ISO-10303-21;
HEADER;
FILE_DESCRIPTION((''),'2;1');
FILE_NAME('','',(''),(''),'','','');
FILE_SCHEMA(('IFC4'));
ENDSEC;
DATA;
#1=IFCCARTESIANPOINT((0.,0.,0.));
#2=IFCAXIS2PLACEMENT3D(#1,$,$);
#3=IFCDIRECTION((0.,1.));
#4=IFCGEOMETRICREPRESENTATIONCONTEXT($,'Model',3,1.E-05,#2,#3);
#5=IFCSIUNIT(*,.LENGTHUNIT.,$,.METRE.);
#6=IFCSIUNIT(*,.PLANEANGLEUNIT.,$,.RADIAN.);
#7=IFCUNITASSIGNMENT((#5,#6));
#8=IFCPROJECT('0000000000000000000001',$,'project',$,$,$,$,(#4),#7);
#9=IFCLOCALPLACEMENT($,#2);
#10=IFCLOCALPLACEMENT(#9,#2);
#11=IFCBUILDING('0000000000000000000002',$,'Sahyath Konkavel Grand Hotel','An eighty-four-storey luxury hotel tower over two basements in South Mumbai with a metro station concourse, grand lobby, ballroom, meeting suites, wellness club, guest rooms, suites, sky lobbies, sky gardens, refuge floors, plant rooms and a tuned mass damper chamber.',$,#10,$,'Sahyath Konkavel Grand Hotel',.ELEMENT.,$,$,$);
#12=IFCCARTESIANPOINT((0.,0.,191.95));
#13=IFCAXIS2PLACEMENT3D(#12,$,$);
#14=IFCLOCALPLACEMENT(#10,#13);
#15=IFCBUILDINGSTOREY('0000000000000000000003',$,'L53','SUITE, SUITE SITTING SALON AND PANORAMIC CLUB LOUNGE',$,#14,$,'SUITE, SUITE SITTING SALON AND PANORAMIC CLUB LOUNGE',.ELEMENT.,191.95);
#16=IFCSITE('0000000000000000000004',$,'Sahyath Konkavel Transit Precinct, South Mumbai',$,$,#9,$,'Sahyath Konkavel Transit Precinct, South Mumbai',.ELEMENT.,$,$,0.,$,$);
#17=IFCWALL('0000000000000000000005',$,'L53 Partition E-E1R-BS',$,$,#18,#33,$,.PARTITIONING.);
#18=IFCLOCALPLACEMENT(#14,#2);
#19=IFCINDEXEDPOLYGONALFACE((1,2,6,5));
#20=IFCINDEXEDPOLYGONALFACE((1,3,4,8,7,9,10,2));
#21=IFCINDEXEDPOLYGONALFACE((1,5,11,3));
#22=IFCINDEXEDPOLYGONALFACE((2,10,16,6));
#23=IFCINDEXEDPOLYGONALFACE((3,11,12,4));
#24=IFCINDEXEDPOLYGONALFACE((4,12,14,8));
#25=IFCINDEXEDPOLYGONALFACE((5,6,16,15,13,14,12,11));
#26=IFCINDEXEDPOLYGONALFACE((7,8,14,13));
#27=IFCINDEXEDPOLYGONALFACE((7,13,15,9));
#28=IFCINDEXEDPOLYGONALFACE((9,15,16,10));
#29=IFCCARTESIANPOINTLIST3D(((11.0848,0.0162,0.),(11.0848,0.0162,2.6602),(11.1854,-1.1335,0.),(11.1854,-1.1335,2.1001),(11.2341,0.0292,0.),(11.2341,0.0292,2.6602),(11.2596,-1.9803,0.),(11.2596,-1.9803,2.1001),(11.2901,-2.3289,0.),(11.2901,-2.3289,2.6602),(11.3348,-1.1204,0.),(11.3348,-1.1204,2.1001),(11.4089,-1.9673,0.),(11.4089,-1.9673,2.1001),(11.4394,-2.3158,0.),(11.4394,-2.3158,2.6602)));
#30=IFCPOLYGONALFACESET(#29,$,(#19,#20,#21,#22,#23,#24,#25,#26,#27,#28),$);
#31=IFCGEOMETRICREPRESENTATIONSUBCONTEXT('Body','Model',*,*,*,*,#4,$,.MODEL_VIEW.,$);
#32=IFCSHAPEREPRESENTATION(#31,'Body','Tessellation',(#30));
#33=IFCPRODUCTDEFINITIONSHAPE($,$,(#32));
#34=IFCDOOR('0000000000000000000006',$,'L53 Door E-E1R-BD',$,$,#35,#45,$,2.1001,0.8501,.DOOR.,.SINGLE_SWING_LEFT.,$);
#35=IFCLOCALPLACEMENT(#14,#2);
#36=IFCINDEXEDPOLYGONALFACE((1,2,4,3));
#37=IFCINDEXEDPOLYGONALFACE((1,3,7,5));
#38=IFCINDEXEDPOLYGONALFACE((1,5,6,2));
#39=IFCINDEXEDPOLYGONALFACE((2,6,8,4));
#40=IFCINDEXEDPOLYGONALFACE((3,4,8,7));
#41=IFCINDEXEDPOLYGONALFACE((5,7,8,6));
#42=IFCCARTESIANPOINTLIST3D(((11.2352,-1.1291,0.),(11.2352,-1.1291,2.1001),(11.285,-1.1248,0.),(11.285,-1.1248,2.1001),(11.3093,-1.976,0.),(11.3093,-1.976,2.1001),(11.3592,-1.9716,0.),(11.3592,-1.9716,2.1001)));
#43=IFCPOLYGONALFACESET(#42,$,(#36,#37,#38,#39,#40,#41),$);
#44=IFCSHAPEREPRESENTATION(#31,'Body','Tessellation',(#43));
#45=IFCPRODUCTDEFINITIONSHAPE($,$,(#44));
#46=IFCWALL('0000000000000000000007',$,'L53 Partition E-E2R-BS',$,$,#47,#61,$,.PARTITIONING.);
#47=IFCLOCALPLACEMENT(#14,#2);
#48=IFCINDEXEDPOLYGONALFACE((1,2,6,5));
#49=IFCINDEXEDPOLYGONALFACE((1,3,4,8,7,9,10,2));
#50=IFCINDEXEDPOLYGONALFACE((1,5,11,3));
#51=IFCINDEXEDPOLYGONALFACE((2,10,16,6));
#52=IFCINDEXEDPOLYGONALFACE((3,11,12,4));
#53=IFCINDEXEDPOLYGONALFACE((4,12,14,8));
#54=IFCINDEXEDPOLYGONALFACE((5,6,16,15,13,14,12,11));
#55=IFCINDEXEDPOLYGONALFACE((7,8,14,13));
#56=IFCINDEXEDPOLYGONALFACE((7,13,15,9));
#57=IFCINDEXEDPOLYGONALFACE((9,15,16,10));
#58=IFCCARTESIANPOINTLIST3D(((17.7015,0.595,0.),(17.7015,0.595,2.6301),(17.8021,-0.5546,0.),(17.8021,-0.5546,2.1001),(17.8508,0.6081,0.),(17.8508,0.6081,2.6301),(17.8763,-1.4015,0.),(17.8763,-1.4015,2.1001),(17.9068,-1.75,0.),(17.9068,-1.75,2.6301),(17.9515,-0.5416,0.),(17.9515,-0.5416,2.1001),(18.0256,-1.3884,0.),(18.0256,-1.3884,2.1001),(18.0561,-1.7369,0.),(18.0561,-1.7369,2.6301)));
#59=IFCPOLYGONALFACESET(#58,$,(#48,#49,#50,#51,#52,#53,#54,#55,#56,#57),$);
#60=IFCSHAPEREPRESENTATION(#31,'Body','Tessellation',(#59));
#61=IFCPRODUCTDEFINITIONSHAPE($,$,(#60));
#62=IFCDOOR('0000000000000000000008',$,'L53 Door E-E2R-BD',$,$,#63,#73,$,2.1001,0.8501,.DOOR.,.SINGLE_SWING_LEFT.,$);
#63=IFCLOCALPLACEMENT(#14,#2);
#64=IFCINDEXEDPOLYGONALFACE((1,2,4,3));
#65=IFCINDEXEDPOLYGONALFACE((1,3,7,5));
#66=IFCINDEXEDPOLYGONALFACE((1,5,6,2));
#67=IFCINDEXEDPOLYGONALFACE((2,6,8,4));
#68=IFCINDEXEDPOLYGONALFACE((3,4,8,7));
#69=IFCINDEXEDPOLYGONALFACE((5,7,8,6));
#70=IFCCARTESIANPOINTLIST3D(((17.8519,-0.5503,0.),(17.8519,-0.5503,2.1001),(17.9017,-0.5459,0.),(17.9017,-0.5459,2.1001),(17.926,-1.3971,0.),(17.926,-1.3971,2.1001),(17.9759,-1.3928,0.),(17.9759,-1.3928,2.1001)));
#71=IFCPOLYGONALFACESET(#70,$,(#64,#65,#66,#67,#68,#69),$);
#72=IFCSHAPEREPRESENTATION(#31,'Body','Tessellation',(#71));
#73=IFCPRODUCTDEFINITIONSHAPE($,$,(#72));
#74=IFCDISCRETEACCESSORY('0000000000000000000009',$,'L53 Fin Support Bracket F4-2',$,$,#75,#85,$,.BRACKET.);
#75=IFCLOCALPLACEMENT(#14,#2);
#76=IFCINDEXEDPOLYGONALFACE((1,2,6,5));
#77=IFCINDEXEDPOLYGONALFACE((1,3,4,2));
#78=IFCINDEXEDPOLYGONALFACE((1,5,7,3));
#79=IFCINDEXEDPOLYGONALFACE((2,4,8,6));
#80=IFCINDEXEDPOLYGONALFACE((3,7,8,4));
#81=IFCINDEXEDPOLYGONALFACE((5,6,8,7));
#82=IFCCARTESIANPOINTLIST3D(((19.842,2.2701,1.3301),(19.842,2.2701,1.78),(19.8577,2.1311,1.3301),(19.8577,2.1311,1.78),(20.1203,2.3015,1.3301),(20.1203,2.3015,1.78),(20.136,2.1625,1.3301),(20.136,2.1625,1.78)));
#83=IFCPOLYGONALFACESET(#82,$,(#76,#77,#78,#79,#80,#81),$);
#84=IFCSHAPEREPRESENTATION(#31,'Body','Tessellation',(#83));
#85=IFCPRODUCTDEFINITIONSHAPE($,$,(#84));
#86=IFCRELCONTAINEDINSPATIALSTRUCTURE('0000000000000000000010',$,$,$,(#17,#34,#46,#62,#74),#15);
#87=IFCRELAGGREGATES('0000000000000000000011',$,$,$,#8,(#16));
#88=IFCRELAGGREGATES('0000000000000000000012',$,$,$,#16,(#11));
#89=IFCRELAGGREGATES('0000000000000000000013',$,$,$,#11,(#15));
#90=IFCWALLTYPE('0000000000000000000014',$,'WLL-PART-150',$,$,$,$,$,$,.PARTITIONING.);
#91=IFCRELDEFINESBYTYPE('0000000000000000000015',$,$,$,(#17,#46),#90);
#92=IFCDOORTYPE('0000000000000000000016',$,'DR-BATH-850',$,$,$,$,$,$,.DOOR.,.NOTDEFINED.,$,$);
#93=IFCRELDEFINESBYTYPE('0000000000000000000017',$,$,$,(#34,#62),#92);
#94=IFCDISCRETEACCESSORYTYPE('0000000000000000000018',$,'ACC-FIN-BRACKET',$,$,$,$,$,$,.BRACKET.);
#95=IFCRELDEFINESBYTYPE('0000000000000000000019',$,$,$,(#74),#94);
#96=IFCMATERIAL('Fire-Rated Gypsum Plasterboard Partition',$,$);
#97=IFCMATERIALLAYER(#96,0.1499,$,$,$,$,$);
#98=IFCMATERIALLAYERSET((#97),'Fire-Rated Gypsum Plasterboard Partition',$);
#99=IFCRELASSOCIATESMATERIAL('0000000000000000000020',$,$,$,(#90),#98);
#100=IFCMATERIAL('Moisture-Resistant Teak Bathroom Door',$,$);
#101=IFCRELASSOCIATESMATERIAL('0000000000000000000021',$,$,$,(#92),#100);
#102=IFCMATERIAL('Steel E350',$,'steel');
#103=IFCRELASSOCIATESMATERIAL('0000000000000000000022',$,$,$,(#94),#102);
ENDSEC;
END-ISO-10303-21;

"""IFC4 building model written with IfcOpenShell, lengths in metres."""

from ifc_helpers import new_model, si_unit, direction, frame, frame_2d, origin, origin_2d, place, context, subcontext, project, spatial, rectangle, extrude, source, transform, mapped, material, layer, layer_set, type_object, element, fill, save


model = new_model("IFC4")

# Units and contexts
model_context = context("Model", 3, precision=1e-05, world=origin(), true_north=direction((0.0, 1.0)))
body_context = subcontext(model_context, "Body", "Model", "MODEL_VIEW")
ifc_project = project(units=[si_unit("LENGTHUNIT", "METRE"), si_unit("PLANEANGLEUNIT", "RADIAN")], contexts=[model_context])

# Site, building, storey
site_placement = place(None, origin())
site = spatial("IfcSite", under=ifc_project, at=site_placement, Name="Sahyath Konkavel Transit Precinct, South Mumbai", LongName="Sahyath Konkavel Transit Precinct, South Mumbai", CompositionType="ELEMENT", RefElevation=0.0)
building_placement = place(site_placement, origin())
building = spatial("IfcBuilding", under=site, at=building_placement, Name="Sahyath Konkavel Grand Hotel", Description="An eighty-four-storey luxury hotel tower over two basements in South Mumbai with a metro station concourse, grand lobby, ballroom, meeting suites, wellness club, guest rooms, suites, sky lobbies, sky gardens, refuge floors, plant rooms and a tuned mass damper chamber.", LongName="Sahyath Konkavel Grand Hotel", CompositionType="ELEMENT")
storey_placement = place(building_placement, frame((0.0, 0.0, 191.95)))
storey = spatial("IfcBuildingStorey", under=building, at=storey_placement, Name="L53", Description="SUITE, SUITE SITTING SALON AND PANORAMIC CLUB LOUNGE", LongName="SUITE, SUITE SITTING SALON AND PANORAMIC CLUB LOUNGE", CompositionType="ELEMENT", Elevation=191.95)

# Shared definitions
ifc_material_1 = material(Name="Steel E350", Category="steel")

# Shared definitions
ifc_material_2 = material(Name="Fire-Rated Gypsum Plasterboard Partition")
ifc_layer_1 = layer(ifc_material_2, 0.1499)
ifc_layer_set_1 = layer_set([ifc_layer_1], Name="Fire-Rated Gypsum Plasterboard Partition")
wall_type_1 = type_object("IfcWallType", Name="WLL-PART-150", PredefinedType="PARTITIONING", material=ifc_layer_set_1)
ifc_material_3 = material(Name="Moisture-Resistant Teak Bathroom Door")
door_type = type_object("IfcDoorType", Name="DR-BATH-850", OperationType="NOTDEFINED", PredefinedType="DOOR", material=ifc_material_3)
shared_shape_1 = source(origin(), body_context, "Body", "SweptSolid", [
    extrude(rectangle(XDim=0.8501, YDim=0.05, at=origin_2d()), origin(), (0.0, 0.0, 1.0), 2.1001),
])

# Walls, openings, doors
wall_1_placement = place(storey_placement, frame((11.1594, 0.0227, 0.0), z_axis=(0.0, 0.0, 1.0), x_axis=(0.087225, -0.996189, 0.0)))
wall_1 = element("IfcWall", 1, at=wall_1_placement, inside=storey, type_object=wall_type_1, Name="L53 Partition E-E1R-BS", PredefinedType="PARTITIONING", context=body_context, shape_type="SweptSolid", body=[
    extrude(rectangle(XDim=2.354, YDim=0.1499, at=frame_2d((1.177, 0.0))), origin(), (0.0, 0.0, 1.0), 2.6602),
])
opening_1_placement = place(wall_1_placement, frame((1.1541, 0.0, 0.0)))
opening_1 = element("IfcOpeningElement", 2, at=opening_1_placement, cuts=wall_1, PredefinedType="OPENING", context=body_context, shape_type="SweptSolid", body=[
    extrude(rectangle(XDim=0.8501, YDim=2.1001, at=frame_2d((0.425, 1.05))), frame((0.0, 0.085, 0.0), z_axis=(0.0, -1.0, 0.0), x_axis=(1.0, 0.0, 0.0)), (0.0, 0.0, 1.0), 0.1699),
])
door_1_placement = place(opening_1_placement, frame((0.425, 0.0, 0.0)))
door_1 = element("IfcDoor", 3, at=door_1_placement, inside=storey, type_object=door_type, Name="L53 Door E-E1R-BD", OperationType="SINGLE_SWING_LEFT", OverallHeight=2.1001, OverallWidth=0.8501, PredefinedType="DOOR", context=body_context, shape_type="MappedRepresentation", body=[
    mapped(shared_shape_1, transform((0.0, 0.0, 0.0), scale=1.0)),
])
fill(opening_1, door_1)
wall_2_placement = place(storey_placement, frame((17.7761, 0.6016, 0.0), z_axis=(0.0, 0.0, 1.0), x_axis=(0.087225, -0.996189, 0.0)))
wall_2 = element("IfcWall", 4, at=wall_2_placement, inside=storey, type_object=wall_type_1, Name="L53 Partition E-E2R-BS", PredefinedType="PARTITIONING", context=body_context, shape_type="SweptSolid", body=[
    extrude(rectangle(XDim=2.354, YDim=0.1499, at=frame_2d((1.177, 0.0))), origin(), (0.0, 0.0, 1.0), 2.6301),
])
opening_2_placement = place(wall_2_placement, frame((1.1541, 0.0, 0.0)))
opening_2 = element("IfcOpeningElement", 5, at=opening_2_placement, cuts=wall_2, PredefinedType="OPENING", context=body_context, shape_type="SweptSolid", body=[
    extrude(rectangle(XDim=0.8501, YDim=2.1001, at=frame_2d((0.425, 1.05))), frame((0.0, 0.085, 0.0), z_axis=(0.0, -1.0, 0.0), x_axis=(1.0, 0.0, 0.0)), (0.0, 0.0, 1.0), 0.1699),
])
door_2_placement = place(opening_2_placement, frame((0.425, 0.0, 0.0)))
door_2 = element("IfcDoor", 6, at=door_2_placement, inside=storey, type_object=door_type, Name="L53 Door E-E2R-BD", OperationType="SINGLE_SWING_LEFT", OverallHeight=2.1001, OverallWidth=0.8501, PredefinedType="DOOR", context=body_context, shape_type="MappedRepresentation", body=[
    mapped(shared_shape_1, transform((0.0, 0.0, 0.0), scale=1.0)),
])
fill(opening_2, door_2)

# Discrete accessory
discrete_accessory_type = type_object("IfcDiscreteAccessoryType", Name="ACC-FIN-BRACKET", PredefinedType="BRACKET", material=ifc_material_1)
shared_shape_2 = source(origin(), body_context, "Body", "SweptSolid", [
    extrude(rectangle(XDim=0.28, YDim=0.1399, at=origin_2d()), origin(), (0.0, 0.0, 1.0), 0.45),
])
discrete_accessory_placement = place(storey_placement, frame((19.989, 2.2163, 1.3301), z_axis=(0.0, 0.0, 1.0), x_axis=(0.993709, 0.111989, 0.0)))
element("IfcDiscreteAccessory", 7, at=discrete_accessory_placement, inside=storey, type_object=discrete_accessory_type, Name="L53 Fin Support Bracket F4-2", PredefinedType="BRACKET", context=body_context, shape_type="MappedRepresentation", body=[
    mapped(shared_shape_2, transform((0.0, 0.0, 0.0), scale=1.0)),
])

save(model, "model.ifc")
